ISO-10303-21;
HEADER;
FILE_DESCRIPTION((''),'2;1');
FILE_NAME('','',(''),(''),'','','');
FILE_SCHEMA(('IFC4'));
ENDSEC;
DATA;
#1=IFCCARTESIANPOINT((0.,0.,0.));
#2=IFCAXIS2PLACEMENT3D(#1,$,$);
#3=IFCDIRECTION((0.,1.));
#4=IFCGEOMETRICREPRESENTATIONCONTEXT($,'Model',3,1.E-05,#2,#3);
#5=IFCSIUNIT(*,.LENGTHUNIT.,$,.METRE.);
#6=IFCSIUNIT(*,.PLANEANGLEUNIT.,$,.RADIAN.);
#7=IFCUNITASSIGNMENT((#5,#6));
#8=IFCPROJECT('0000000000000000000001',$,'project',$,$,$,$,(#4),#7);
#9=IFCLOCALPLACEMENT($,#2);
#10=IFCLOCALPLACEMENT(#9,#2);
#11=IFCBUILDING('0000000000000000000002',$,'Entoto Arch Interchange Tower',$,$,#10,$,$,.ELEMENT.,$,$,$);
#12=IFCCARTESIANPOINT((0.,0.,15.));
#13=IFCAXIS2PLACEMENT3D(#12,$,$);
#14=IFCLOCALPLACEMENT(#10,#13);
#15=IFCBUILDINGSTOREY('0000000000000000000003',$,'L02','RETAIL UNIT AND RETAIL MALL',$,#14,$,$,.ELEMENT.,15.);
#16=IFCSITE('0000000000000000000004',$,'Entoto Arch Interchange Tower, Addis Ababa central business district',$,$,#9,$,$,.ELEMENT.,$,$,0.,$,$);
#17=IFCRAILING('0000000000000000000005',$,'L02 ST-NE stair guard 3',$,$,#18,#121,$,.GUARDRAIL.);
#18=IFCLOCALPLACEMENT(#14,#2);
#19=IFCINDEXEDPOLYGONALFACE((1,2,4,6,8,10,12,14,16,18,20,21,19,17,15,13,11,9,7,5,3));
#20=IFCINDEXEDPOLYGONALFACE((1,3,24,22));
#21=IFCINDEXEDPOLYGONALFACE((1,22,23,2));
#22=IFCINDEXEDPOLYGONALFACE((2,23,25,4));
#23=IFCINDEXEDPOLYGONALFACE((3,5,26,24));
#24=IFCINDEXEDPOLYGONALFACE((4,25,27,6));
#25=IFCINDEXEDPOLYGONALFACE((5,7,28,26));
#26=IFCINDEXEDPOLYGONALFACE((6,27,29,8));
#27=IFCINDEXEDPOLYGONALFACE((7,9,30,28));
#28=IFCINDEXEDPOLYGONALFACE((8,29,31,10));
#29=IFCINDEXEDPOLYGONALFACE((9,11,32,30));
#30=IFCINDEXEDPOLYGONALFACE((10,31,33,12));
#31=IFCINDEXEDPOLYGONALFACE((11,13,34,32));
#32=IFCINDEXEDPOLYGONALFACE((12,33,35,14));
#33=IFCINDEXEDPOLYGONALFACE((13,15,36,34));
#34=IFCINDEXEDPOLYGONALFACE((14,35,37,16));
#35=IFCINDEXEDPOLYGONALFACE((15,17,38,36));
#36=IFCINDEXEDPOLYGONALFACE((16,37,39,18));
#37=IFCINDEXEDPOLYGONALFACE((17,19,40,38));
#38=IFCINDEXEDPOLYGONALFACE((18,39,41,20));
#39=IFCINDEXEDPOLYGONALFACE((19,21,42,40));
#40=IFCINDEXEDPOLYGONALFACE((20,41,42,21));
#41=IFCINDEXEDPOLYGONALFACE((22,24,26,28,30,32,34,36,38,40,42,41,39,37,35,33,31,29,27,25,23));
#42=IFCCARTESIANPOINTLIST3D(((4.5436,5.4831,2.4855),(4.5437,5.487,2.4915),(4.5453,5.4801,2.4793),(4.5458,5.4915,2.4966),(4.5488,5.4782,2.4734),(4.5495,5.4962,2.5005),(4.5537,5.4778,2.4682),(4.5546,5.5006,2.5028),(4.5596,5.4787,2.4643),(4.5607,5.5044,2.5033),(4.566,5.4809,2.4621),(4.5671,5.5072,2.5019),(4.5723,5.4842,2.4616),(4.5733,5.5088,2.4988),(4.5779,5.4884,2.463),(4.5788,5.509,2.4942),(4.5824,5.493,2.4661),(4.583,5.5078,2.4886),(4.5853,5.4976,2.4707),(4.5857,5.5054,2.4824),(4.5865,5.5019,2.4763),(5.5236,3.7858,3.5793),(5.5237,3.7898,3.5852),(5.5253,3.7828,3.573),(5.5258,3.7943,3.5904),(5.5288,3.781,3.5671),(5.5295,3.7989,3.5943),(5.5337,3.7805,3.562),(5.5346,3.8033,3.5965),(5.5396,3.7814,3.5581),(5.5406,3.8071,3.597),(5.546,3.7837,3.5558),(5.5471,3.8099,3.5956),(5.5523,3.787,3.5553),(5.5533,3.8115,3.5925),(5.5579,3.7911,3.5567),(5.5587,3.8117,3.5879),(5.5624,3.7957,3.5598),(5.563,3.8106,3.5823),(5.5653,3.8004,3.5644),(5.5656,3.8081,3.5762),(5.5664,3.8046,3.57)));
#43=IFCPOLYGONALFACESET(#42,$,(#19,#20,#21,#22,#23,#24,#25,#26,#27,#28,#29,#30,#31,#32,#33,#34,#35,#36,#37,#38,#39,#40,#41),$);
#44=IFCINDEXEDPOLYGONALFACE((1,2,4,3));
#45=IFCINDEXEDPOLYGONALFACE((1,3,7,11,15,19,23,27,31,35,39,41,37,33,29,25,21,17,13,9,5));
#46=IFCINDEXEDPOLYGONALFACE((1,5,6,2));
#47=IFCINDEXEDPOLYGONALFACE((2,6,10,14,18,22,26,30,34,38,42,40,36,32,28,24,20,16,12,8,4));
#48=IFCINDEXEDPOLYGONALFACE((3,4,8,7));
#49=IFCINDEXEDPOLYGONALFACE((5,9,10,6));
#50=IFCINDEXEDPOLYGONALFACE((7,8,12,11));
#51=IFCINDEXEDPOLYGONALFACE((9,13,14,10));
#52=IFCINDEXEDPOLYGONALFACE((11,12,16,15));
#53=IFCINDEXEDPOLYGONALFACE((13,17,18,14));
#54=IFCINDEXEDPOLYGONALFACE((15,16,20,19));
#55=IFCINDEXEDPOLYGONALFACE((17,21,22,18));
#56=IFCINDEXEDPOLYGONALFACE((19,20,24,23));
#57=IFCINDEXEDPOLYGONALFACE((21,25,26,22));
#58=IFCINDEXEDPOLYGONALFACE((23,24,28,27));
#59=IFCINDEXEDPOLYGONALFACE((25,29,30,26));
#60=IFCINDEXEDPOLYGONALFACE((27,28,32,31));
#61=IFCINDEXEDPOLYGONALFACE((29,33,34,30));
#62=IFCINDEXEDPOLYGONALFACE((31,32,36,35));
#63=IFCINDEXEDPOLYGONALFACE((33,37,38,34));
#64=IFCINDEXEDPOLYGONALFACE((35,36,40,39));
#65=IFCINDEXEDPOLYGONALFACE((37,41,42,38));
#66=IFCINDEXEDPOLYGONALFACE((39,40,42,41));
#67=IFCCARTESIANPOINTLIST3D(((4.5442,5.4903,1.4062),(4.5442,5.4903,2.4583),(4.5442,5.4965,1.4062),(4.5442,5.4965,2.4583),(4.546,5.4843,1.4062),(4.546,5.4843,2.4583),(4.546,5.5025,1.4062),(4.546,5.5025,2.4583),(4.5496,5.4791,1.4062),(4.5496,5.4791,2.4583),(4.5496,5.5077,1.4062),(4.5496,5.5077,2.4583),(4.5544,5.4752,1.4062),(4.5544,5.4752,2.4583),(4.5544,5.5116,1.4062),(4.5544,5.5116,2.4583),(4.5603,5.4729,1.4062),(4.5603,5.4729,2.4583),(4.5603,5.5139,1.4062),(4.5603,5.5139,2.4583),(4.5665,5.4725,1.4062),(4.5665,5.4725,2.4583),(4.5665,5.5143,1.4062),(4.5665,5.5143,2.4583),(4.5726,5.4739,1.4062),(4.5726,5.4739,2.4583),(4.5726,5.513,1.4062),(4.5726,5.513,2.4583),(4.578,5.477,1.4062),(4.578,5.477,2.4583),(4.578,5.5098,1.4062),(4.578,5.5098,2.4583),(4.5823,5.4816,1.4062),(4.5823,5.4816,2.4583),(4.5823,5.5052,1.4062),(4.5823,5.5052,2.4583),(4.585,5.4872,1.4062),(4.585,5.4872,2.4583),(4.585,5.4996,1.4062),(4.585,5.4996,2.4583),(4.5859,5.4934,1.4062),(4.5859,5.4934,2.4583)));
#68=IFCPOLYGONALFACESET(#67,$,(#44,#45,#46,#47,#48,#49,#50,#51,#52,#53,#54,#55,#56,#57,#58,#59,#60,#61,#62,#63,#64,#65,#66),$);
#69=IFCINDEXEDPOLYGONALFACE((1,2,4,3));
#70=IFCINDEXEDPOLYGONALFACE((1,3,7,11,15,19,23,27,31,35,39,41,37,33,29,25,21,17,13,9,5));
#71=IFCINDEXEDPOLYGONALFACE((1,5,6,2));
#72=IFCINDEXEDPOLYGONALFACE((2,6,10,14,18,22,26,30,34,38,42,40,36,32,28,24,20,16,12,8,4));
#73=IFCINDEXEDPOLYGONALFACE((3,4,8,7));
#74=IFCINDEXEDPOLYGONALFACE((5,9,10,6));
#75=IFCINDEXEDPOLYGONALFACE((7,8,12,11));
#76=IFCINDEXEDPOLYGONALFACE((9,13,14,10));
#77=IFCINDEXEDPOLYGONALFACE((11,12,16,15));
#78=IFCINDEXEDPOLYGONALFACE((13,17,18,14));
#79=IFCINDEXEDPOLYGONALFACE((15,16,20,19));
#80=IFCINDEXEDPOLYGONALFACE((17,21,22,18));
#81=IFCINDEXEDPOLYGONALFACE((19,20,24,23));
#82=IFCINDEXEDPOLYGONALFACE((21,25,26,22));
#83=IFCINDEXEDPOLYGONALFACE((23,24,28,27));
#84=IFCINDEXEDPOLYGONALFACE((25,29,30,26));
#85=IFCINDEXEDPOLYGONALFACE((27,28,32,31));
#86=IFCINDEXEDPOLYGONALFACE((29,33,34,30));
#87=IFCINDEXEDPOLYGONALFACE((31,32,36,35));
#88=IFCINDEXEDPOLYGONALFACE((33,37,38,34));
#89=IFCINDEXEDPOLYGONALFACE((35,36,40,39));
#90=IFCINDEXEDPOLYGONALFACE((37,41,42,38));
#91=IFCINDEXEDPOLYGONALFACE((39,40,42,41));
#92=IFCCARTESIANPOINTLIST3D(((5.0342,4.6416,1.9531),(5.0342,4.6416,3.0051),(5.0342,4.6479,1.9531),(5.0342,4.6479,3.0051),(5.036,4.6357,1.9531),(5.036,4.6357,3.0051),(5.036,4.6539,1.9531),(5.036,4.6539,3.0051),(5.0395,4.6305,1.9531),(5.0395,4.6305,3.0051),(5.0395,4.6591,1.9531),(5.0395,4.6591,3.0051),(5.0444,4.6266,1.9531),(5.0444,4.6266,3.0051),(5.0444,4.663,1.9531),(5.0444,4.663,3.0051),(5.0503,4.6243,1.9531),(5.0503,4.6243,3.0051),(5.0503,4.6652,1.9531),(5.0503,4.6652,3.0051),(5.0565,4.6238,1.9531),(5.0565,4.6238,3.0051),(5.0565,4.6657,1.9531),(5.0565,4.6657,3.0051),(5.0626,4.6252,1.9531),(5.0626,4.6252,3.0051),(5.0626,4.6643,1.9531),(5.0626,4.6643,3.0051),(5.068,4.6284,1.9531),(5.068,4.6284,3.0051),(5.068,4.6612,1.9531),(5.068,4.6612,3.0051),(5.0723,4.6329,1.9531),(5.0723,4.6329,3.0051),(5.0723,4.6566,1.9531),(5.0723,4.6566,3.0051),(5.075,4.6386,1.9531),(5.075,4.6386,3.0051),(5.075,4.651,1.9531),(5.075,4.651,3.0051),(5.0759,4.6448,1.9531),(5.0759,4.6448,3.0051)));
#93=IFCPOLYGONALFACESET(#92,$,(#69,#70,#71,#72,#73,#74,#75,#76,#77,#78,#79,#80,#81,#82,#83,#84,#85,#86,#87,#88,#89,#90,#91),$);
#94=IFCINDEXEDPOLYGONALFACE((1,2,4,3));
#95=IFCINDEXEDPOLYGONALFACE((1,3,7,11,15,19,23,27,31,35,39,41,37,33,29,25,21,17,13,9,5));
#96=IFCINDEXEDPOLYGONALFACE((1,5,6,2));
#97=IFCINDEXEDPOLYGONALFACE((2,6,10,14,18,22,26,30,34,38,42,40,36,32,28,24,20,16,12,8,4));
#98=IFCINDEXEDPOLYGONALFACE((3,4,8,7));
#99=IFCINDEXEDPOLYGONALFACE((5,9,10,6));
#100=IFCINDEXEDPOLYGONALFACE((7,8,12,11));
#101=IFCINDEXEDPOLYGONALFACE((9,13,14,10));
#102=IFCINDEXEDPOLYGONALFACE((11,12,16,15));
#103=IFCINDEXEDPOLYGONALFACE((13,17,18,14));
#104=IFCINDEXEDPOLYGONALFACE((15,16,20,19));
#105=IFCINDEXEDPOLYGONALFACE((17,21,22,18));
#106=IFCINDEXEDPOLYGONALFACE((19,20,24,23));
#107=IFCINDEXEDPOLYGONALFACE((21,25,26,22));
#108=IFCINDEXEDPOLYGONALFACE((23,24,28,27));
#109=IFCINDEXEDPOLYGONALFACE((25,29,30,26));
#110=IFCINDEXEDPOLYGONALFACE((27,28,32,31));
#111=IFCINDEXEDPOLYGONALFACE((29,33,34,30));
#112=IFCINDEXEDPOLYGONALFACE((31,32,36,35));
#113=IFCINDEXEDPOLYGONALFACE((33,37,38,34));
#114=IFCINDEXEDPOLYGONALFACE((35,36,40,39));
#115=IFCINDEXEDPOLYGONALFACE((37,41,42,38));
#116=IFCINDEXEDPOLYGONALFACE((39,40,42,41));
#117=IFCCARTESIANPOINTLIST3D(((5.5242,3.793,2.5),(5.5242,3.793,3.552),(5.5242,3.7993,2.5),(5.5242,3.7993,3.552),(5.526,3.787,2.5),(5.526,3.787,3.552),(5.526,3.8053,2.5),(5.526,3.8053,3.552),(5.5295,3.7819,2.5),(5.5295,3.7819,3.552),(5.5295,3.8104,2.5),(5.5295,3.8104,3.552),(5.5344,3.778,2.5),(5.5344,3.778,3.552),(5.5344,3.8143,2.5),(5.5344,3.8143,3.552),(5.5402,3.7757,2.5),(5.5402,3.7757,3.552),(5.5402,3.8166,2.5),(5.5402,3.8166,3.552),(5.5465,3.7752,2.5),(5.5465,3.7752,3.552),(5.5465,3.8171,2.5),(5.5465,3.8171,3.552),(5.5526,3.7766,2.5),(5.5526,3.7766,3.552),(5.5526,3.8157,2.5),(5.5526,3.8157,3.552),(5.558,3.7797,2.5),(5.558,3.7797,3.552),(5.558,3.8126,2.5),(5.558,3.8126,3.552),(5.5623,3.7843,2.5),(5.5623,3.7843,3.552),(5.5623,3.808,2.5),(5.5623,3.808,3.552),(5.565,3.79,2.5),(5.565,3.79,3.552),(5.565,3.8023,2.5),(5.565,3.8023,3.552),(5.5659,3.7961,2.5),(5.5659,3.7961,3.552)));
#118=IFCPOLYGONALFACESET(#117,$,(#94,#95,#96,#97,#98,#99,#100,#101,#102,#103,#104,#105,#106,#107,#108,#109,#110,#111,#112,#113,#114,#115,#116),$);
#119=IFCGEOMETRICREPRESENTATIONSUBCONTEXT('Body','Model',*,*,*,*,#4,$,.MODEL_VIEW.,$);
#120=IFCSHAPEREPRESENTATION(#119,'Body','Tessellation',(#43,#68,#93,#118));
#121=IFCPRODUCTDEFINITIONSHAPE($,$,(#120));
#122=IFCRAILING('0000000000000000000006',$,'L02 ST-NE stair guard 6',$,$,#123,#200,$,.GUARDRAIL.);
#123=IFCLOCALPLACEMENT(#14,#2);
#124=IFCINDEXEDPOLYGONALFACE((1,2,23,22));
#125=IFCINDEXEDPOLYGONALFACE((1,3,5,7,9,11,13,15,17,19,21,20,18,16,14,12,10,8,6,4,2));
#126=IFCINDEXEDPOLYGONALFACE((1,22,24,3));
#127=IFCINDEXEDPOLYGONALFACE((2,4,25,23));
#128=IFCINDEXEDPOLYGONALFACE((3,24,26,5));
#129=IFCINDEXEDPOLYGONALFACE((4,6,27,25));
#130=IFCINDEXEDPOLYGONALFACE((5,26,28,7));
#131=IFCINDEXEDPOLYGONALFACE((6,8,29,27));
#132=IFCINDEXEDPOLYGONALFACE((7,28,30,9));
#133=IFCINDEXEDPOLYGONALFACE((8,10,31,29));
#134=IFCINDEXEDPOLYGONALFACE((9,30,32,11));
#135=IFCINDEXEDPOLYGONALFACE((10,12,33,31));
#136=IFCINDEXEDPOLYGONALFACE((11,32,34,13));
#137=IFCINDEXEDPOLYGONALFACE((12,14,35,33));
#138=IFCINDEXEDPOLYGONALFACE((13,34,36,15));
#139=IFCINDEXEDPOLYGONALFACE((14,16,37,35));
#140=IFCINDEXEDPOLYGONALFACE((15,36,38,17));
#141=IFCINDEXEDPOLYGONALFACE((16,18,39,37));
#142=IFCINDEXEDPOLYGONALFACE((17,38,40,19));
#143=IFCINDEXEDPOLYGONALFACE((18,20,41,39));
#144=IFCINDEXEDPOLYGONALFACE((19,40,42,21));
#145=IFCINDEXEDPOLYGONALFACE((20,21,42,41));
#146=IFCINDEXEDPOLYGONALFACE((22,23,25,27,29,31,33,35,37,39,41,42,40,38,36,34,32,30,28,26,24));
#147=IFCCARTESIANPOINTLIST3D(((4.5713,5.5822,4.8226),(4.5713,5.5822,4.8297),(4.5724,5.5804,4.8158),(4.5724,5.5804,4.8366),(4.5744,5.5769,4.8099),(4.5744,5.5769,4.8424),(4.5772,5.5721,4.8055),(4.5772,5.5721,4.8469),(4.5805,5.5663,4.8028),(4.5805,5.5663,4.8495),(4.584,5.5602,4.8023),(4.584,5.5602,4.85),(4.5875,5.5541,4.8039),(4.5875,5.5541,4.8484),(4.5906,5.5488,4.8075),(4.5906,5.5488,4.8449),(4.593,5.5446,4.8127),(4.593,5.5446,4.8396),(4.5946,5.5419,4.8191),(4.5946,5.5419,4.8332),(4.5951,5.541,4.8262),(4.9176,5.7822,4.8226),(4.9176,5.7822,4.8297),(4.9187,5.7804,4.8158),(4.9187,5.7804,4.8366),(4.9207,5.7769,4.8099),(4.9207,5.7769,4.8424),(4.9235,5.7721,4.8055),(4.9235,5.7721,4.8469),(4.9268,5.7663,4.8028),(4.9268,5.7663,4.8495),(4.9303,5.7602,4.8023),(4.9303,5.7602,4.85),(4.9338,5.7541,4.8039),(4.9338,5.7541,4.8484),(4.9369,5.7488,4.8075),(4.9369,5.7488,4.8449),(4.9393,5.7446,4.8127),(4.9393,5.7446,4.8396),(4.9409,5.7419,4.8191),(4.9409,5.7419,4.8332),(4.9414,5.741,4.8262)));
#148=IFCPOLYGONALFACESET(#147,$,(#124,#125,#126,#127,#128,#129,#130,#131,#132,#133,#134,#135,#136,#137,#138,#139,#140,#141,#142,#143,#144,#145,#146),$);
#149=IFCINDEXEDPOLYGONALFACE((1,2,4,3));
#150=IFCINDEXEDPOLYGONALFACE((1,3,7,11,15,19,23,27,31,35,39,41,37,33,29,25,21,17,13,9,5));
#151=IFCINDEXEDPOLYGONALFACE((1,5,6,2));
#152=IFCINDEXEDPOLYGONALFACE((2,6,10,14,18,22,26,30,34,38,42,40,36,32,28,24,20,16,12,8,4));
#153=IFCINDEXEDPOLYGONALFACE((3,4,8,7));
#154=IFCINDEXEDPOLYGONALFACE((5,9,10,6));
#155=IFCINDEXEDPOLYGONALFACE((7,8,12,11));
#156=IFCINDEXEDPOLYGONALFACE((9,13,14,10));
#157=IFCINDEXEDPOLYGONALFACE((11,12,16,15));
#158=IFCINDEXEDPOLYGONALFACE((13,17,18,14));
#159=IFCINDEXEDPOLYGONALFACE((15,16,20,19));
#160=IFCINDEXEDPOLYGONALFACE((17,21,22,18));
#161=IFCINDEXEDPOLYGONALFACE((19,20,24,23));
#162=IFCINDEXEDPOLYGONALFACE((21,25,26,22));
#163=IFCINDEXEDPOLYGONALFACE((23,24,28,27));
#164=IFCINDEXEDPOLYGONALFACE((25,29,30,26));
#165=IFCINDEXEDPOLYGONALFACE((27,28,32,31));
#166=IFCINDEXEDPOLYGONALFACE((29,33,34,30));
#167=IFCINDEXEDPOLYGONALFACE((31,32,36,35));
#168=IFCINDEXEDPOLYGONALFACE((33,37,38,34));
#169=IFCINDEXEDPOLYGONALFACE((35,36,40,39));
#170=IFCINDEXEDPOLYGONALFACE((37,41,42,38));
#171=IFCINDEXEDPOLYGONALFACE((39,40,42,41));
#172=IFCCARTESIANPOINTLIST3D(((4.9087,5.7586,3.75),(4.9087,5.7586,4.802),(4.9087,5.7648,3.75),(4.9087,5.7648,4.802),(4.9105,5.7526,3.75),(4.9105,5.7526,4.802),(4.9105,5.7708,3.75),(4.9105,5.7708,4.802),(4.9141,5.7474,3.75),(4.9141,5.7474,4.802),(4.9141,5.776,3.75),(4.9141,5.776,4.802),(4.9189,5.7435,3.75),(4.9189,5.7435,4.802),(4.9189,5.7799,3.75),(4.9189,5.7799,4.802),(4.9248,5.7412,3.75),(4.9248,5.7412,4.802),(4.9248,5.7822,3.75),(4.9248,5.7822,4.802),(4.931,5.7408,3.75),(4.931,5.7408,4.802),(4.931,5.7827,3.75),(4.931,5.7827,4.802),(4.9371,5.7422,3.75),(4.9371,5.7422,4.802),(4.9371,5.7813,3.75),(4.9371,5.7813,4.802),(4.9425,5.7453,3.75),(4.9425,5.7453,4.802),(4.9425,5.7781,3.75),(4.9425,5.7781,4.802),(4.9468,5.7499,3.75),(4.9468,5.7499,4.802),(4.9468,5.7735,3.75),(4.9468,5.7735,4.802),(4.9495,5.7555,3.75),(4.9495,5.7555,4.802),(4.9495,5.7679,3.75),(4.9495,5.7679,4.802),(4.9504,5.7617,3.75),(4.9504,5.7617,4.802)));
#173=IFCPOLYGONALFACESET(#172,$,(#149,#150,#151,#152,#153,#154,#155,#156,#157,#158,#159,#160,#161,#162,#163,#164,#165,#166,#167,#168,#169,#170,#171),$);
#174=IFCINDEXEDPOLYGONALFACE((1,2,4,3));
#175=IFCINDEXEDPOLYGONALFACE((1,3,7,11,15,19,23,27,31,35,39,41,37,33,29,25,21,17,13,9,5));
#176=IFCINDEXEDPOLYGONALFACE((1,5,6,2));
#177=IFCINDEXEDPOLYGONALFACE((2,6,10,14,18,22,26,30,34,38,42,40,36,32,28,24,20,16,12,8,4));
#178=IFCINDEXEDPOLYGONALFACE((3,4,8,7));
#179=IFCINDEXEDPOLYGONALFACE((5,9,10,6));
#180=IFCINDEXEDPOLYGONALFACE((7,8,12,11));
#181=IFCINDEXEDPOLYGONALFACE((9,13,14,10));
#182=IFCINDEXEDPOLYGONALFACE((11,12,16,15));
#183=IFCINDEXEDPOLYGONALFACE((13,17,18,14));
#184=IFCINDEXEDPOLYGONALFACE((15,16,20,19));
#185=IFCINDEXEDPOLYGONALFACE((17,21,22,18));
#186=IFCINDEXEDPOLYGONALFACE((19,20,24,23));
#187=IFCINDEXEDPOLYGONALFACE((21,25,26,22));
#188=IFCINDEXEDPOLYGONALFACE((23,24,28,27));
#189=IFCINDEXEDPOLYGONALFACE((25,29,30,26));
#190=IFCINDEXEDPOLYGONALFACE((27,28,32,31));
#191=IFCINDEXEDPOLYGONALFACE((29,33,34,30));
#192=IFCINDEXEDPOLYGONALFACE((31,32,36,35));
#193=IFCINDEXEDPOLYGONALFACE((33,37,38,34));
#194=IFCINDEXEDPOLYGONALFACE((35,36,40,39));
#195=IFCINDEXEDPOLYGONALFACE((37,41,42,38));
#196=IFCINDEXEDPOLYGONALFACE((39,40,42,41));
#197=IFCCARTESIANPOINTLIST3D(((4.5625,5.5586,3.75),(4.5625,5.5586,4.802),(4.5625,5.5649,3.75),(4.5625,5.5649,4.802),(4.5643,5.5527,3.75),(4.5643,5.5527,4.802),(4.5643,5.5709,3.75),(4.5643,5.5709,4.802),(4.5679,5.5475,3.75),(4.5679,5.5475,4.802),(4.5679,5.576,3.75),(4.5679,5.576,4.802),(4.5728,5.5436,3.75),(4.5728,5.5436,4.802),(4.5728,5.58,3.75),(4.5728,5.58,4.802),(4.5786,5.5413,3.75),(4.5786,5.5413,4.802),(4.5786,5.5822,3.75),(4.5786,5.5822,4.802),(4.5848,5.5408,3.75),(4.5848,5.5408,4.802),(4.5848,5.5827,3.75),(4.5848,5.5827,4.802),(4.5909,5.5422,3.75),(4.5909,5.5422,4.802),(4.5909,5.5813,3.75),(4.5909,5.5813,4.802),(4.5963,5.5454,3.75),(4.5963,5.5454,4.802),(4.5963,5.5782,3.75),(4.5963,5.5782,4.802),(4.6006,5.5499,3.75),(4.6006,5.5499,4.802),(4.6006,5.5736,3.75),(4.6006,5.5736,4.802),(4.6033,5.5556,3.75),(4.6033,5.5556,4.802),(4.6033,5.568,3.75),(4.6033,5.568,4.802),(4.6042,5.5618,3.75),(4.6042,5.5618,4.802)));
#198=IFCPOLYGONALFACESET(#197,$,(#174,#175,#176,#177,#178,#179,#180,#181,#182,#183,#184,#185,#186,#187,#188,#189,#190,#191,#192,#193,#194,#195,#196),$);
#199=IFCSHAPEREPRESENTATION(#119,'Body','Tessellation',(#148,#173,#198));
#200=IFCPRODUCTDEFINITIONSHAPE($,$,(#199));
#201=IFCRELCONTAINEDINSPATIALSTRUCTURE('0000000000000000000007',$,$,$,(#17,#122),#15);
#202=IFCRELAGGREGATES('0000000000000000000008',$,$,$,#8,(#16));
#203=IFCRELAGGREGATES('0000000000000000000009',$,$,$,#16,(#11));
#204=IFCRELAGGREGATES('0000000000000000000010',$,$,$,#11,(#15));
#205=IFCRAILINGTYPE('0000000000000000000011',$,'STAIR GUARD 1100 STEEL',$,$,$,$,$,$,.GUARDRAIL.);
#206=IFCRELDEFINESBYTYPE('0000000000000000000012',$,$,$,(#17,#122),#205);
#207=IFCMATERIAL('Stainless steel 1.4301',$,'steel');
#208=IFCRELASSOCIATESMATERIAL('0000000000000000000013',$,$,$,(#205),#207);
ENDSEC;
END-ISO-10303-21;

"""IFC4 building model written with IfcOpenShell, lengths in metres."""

from ifc_helpers import new_model, si_unit, direction, frame, origin, origin_2d, place, context, subcontext, project, spatial, circle, extrude, material, type_object, element, save


model = new_model("IFC4")

# Units and contexts
model_context = context("Model", 3, precision=1e-05, world=origin(), true_north=direction((0.0, 1.0)))
body_context = subcontext(model_context, "Body", "Model", "MODEL_VIEW")
ifc_project = project(units=[si_unit("LENGTHUNIT", "METRE"), si_unit("PLANEANGLEUNIT", "RADIAN")], contexts=[model_context])

# Site, building, storey
site_placement = place(None, origin())
site = spatial("IfcSite", under=ifc_project, at=site_placement, Name="Entoto Arch Interchange Tower, Addis Ababa central business district", CompositionType="ELEMENT", RefElevation=0.0)
building_placement = place(site_placement, origin())
building = spatial("IfcBuilding", under=site, at=building_placement, Name="Entoto Arch Interchange Tower", CompositionType="ELEMENT")
storey_placement = place(building_placement, frame((0.0, 0.0, 15.0)))
storey = spatial("IfcBuildingStorey", under=building, at=storey_placement, Name="L02", Description="RETAIL UNIT AND RETAIL MALL", CompositionType="ELEMENT", Elevation=15.0)

# Railings
ifc_material_1 = material(Name="Stainless steel 1.4301", Category="steel")
railing_type_1 = type_object("IfcRailingType", Name="STAIR GUARD 1100 STEEL", PredefinedType="GUARDRAIL", material=ifc_material_1)
railing_1_placement = place(storey_placement, frame((4.5649, 5.4934, 1.4062)))
element("IfcRailing", 1, at=railing_1_placement, inside=storey, type_object=railing_type_1, Name="L02 ST-NE stair guard 3", PredefinedType="GUARDRAIL", context=body_context, shape_type="SweptSolid", body=[
    extrude(circle(Radius=0.0239, at=origin_2d()), frame((0.0, 0.0, 1.0762), z_axis=(0.436632, -0.75622, 0.487323), x_axis=(0.866011, 0.500024, 0.0)), (0.0, 0.0, 1.0), 2.2444),
    extrude(circle(Radius=0.021, at=origin_2d()), origin(), (0.0, 0.0, 1.0), 1.052),
    extrude(circle(Radius=0.021, at=origin_2d()), frame((0.49, -0.8486, 0.5469)), (0.0, 0.0, 1.0), 1.052),
    extrude(circle(Radius=0.021, at=origin_2d()), frame((0.98, -1.6973, 1.0938)), (0.0, 0.0, 1.0), 1.052),
])
railing_2_placement = place(storey_placement, frame((4.9294, 5.7617, 3.75)))
element("IfcRailing", 2, at=railing_2_placement, inside=storey, type_object=railing_type_1, Name="L02 ST-NE stair guard 6", PredefinedType="GUARDRAIL", context=body_context, shape_type="SweptSolid", body=[
    extrude(circle(Radius=0.0239, at=origin_2d()), frame((0.0, 0.0, 1.0762), z_axis=(-0.865941, -0.500145, 0.0), x_axis=(0.500145, -0.865941, 0.0)), (0.0, 0.0, 1.0), 0.3999),
    extrude(circle(Radius=0.021, at=origin_2d()), origin(), (0.0, 0.0, 1.0), 1.052),
    extrude(circle(Radius=0.021, at=origin_2d()), frame((-0.3462, -0.2, 0.0)), (0.0, 0.0, 1.0), 1.052),
])

save(model, "model.ifc")
